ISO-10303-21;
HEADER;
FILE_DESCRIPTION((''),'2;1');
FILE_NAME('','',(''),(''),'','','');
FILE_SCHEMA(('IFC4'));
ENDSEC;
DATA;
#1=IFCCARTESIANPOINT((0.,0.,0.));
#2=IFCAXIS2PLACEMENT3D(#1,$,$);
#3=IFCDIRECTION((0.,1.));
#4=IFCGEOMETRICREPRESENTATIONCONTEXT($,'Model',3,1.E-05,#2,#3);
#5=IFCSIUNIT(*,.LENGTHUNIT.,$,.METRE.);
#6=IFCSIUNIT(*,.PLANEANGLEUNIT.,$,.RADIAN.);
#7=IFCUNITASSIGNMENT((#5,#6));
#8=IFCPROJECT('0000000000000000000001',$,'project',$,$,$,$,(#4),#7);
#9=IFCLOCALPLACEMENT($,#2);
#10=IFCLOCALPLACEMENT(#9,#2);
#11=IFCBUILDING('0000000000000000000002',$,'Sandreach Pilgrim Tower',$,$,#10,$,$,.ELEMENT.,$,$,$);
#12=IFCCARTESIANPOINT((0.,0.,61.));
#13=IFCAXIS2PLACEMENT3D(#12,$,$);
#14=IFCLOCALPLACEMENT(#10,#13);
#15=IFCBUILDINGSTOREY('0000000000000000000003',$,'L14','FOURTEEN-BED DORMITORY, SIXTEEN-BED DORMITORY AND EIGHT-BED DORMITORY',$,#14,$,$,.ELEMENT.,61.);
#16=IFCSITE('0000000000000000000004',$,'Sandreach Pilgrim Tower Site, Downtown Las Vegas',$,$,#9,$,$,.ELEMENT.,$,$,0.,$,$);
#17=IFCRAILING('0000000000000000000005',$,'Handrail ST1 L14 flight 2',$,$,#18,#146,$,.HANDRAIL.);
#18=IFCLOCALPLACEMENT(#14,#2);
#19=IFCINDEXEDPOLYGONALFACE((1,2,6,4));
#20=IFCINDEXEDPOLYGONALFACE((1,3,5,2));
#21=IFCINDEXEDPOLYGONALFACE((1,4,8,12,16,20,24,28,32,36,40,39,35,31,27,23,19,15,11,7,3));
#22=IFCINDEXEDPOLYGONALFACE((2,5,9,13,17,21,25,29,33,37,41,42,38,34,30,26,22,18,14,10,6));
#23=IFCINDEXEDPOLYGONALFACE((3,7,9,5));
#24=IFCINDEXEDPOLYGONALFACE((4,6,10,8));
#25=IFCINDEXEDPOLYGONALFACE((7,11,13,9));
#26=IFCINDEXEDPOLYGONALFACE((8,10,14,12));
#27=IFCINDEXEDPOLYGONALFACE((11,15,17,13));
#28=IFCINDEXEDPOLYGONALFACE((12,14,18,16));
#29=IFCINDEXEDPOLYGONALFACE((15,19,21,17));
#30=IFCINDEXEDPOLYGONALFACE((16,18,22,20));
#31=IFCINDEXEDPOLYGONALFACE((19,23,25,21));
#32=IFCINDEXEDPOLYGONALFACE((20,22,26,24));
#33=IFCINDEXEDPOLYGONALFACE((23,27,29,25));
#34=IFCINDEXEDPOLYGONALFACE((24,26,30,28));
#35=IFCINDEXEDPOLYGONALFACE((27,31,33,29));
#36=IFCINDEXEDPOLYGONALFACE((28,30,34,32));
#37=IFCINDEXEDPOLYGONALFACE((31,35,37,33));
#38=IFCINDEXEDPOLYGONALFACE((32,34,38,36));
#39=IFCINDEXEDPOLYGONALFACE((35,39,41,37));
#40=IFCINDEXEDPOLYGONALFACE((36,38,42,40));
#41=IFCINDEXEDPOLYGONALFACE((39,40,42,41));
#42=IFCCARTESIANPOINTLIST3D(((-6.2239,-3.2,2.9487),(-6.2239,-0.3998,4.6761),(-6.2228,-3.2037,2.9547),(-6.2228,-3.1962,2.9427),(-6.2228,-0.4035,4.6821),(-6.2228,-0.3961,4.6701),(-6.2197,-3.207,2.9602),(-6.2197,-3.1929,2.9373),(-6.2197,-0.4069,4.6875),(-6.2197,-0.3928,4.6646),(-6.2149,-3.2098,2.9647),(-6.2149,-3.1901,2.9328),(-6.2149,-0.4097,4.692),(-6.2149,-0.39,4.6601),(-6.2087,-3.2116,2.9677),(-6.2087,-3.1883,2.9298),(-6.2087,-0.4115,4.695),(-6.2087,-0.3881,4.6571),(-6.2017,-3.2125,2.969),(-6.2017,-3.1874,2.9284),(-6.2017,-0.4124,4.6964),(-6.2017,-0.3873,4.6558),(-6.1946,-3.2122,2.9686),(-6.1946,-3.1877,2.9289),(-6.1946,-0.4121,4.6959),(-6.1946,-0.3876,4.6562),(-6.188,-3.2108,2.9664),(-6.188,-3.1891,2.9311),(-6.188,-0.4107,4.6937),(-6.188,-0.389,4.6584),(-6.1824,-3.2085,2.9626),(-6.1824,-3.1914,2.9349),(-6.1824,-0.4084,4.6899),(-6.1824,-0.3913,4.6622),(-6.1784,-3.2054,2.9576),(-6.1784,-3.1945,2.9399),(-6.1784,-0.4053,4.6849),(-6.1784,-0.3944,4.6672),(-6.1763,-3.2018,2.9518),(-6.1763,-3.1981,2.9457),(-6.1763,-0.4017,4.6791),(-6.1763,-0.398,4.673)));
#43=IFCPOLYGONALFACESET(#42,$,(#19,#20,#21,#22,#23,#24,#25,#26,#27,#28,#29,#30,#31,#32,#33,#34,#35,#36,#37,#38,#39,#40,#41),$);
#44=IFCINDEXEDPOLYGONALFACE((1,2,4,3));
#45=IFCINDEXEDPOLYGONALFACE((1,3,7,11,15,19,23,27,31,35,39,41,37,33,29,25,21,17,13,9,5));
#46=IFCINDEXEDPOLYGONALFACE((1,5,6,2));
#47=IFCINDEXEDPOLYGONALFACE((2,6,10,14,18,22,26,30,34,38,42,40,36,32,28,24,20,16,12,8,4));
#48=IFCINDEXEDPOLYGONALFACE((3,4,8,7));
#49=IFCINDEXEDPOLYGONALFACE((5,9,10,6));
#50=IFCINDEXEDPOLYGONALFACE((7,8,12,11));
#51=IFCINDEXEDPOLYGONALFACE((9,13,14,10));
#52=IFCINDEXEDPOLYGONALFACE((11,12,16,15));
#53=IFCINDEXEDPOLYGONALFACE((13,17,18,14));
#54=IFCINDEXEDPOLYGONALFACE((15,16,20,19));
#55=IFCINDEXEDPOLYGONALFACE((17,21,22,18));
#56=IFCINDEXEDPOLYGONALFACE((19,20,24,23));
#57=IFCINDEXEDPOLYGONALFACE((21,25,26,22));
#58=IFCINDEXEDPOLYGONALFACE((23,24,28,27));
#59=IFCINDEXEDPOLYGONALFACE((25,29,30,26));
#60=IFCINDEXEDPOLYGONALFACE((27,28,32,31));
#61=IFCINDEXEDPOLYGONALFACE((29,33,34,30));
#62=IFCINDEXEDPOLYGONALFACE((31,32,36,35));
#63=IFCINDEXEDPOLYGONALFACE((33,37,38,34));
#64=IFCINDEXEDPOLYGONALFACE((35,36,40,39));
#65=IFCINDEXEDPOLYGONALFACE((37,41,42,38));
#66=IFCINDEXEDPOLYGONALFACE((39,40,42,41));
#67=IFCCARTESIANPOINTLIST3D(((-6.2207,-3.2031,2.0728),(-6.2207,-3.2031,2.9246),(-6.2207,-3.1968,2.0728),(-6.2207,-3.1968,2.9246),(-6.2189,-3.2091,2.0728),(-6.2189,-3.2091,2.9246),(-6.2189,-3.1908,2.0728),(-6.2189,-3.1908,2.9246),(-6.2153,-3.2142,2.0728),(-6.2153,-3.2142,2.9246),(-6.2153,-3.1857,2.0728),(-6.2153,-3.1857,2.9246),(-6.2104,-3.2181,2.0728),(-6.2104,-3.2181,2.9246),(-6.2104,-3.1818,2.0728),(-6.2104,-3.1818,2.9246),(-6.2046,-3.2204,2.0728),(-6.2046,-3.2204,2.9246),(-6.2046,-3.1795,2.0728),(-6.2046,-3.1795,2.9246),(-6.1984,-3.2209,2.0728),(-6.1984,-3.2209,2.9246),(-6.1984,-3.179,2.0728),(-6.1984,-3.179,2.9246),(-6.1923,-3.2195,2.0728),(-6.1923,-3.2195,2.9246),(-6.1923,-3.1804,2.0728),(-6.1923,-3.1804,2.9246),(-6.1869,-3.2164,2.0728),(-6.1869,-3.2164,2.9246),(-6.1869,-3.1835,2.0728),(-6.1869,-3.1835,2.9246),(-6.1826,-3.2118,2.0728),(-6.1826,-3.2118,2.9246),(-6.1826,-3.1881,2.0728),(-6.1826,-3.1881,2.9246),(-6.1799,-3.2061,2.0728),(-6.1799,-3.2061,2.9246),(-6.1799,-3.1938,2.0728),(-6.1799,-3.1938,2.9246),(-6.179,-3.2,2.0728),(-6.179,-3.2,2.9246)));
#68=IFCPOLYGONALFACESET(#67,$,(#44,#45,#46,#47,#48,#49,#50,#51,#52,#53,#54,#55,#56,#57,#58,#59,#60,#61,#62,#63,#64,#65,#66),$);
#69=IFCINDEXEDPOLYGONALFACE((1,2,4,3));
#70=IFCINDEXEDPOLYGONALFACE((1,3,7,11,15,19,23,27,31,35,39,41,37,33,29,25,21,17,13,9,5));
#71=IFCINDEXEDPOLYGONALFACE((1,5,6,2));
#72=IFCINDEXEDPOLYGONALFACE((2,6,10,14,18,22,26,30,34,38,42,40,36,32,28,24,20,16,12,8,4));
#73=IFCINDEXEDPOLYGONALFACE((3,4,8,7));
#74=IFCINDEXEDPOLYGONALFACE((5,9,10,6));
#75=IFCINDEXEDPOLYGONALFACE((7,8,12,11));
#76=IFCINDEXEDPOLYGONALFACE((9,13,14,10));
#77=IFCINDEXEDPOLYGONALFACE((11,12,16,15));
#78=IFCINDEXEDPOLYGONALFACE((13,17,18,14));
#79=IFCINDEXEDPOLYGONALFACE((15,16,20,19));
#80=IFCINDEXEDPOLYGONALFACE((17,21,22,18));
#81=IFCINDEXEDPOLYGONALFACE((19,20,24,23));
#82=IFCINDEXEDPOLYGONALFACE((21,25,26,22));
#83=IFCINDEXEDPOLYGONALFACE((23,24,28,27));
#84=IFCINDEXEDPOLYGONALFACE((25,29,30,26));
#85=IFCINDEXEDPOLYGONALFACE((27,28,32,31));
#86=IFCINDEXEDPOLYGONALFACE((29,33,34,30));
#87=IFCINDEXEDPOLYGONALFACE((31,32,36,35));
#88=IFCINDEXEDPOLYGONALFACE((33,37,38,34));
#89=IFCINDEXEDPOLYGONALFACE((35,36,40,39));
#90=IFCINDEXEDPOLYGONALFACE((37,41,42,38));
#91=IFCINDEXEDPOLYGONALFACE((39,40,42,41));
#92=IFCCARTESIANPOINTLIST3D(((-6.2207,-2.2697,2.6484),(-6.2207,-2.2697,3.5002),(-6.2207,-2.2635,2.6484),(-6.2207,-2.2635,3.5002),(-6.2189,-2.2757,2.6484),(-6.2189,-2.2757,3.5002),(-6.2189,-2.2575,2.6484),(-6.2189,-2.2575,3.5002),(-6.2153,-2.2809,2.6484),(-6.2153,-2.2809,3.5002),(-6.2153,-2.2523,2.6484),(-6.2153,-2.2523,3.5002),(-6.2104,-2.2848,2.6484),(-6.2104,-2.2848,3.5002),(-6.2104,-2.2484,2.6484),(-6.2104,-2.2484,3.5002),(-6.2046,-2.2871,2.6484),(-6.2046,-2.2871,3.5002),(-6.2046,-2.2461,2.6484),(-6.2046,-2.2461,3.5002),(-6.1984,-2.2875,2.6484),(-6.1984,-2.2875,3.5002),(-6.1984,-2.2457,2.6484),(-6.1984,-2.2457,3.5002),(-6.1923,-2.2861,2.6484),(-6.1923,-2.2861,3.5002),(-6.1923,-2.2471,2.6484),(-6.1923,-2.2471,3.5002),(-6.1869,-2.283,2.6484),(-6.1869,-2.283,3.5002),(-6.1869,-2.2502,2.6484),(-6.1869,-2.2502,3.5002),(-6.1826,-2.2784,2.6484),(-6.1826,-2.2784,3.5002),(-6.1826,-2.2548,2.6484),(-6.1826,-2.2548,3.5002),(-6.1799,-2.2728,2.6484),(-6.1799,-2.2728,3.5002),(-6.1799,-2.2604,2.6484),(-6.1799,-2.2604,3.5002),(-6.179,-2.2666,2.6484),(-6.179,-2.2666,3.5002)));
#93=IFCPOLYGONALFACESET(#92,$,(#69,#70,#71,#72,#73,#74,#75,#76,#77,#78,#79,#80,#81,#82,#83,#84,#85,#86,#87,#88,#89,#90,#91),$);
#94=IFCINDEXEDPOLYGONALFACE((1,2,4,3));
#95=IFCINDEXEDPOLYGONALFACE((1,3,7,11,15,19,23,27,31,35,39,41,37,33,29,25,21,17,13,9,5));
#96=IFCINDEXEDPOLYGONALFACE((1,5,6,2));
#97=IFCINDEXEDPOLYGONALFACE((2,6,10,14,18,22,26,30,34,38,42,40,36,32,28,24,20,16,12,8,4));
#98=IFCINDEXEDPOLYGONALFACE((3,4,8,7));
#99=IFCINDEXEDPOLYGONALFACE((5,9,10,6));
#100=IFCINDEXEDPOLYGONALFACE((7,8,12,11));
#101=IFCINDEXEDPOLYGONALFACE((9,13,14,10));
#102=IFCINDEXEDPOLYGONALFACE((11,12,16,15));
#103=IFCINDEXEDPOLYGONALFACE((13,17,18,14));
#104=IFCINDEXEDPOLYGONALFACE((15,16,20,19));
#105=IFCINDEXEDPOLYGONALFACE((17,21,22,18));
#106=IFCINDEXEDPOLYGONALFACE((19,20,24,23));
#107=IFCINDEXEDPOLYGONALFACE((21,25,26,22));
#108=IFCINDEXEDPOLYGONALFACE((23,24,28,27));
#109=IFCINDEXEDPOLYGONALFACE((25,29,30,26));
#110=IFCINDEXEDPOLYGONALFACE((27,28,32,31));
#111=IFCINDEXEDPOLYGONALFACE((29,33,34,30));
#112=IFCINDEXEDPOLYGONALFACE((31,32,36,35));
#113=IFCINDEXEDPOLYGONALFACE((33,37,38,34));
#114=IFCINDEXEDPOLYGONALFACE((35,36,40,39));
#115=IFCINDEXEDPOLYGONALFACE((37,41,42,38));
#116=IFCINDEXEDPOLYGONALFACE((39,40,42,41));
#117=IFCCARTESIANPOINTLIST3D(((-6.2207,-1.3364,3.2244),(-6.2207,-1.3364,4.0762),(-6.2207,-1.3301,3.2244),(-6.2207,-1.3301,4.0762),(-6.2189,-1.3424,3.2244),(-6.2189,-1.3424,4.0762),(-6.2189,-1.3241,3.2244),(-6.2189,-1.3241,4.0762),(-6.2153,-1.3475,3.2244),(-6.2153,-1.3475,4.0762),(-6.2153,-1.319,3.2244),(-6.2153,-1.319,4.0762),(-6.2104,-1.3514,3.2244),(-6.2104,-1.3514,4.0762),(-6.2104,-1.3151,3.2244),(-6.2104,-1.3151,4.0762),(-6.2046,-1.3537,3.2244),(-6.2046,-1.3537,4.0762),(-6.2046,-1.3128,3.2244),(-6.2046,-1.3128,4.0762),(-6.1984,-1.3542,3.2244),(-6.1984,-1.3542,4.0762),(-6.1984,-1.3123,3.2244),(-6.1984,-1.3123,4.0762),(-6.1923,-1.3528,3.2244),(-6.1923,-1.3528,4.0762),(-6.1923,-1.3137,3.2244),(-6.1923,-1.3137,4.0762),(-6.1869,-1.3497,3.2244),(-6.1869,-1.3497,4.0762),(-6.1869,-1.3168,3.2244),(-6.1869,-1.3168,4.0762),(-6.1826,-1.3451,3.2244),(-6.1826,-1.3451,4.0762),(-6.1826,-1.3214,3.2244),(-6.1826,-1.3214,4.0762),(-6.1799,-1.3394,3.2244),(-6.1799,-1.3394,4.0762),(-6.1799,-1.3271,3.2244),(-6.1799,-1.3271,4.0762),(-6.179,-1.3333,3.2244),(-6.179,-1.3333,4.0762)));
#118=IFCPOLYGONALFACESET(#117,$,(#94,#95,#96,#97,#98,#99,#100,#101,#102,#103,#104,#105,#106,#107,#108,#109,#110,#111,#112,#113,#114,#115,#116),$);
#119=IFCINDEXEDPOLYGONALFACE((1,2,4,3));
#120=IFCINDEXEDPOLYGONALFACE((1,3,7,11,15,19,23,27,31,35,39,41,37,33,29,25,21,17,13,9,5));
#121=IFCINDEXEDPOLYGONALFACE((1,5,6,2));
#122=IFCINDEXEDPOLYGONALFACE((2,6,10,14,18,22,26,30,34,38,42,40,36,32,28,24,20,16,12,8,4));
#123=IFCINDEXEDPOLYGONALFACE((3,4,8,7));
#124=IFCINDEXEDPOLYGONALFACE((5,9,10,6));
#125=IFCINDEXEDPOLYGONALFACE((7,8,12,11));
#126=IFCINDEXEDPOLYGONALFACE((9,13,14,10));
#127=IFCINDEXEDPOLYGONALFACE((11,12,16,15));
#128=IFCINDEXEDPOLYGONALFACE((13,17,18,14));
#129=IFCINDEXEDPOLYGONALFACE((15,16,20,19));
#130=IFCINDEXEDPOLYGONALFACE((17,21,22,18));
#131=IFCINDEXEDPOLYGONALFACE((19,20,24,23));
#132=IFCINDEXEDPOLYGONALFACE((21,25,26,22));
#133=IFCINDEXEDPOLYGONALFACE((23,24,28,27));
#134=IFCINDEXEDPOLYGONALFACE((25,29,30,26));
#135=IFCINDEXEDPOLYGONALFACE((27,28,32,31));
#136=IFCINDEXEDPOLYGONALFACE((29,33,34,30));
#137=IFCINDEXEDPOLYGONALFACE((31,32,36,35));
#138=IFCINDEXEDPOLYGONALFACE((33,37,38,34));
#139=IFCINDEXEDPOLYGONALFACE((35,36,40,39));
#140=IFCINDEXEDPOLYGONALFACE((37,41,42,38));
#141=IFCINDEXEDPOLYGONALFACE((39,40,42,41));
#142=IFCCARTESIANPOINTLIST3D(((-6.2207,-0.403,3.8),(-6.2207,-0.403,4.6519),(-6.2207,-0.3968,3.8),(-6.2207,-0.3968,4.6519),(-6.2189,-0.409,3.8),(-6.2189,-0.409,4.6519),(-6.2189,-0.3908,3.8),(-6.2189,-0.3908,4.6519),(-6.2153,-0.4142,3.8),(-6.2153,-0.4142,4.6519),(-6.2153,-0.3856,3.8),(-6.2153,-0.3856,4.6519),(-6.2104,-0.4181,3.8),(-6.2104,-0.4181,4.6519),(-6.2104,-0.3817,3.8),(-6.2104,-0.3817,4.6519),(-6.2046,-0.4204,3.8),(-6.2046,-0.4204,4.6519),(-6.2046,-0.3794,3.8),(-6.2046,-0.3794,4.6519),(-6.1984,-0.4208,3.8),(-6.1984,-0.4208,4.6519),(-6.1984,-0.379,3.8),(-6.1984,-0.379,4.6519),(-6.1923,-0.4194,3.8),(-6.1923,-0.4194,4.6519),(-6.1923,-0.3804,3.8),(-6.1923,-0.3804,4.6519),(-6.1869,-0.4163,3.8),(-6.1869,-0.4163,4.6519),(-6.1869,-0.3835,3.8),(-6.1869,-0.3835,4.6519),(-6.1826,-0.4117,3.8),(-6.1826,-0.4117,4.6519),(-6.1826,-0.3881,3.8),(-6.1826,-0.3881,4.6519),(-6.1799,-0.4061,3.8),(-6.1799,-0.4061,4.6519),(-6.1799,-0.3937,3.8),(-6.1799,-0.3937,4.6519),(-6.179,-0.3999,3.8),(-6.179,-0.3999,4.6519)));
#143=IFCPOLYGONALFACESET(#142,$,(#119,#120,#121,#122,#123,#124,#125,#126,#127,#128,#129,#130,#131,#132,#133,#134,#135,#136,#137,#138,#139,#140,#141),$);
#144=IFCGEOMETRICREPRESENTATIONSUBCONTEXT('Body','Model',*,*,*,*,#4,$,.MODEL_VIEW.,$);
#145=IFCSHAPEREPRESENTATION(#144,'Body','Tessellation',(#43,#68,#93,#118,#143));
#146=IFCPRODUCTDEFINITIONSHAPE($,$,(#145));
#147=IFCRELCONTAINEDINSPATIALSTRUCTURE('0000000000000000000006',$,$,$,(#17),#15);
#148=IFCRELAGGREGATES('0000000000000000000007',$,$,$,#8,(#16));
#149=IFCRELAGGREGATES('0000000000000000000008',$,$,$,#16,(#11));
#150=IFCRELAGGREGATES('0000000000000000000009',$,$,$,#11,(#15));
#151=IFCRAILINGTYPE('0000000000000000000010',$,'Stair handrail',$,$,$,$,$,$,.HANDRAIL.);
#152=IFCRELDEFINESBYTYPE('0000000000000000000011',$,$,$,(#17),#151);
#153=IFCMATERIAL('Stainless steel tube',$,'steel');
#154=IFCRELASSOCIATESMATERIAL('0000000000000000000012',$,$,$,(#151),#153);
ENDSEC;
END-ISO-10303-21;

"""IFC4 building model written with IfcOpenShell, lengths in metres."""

from ifc_helpers import new_model, si_unit, direction, frame, origin, origin_2d, place, context, subcontext, project, spatial, circle, extrude, material, type_object, element, save


model = new_model("IFC4")

# Units and contexts
model_context = context("Model", 3, precision=1e-05, world=origin(), true_north=direction((0.0, 1.0)))
body_context = subcontext(model_context, "Body", "Model", "MODEL_VIEW")
ifc_project = project(units=[si_unit("LENGTHUNIT", "METRE"), si_unit("PLANEANGLEUNIT", "RADIAN")], contexts=[model_context])

# Site, building, storey
site_placement = place(None, origin())
site = spatial("IfcSite", under=ifc_project, at=site_placement, Name="Sandreach Pilgrim Tower Site, Downtown Las Vegas", CompositionType="ELEMENT", RefElevation=0.0)
building_placement = place(site_placement, origin())
building = spatial("IfcBuilding", under=site, at=building_placement, Name="Sandreach Pilgrim Tower", CompositionType="ELEMENT")
storey_placement = place(building_placement, frame((0.0, 0.0, 61.0)))
storey = spatial("IfcBuildingStorey", under=building, at=storey_placement, Name="L14", Description="FOURTEEN-BED DORMITORY, SIXTEEN-BED DORMITORY AND EIGHT-BED DORMITORY", CompositionType="ELEMENT", Elevation=61.0)

# Railing
ifc_material_1 = material(Name="Stainless steel tube", Category="steel")
railing_type = type_object("IfcRailingType", Name="Stair handrail", PredefinedType="HANDRAIL", material=ifc_material_1)
for number, where, name in (
    (1, (-6.2, -3.2, 2.0728), "Handrail ST1 L14 flight 2"),
):
    element("IfcRailing", number, at=place(storey_placement, frame(where)), inside=storey, type_object=railing_type, Name=name, PredefinedType="HANDRAIL", context=body_context, shape_type="SweptSolid", body=[
        extrude(circle(Radius=0.0239, at=origin_2d()), frame((0.0, 0.0, 0.876), z_axis=(0.0, 0.85109, 0.52502), x_axis=(-1.0, 0.0, 0.0)), (0.0, 0.0, 1.0), 3.29),
        extrude(circle(Radius=0.021, at=origin_2d()), origin(), (0.0, 0.0, 1.0), 0.8518),
        extrude(circle(Radius=0.021, at=origin_2d()), frame((0.0, 0.9333, 0.5757)), (0.0, 0.0, 1.0), 0.8518),
        extrude(circle(Radius=0.021, at=origin_2d()), frame((0.0, 1.8667, 1.1516)), (0.0, 0.0, 1.0), 0.8518),
        extrude(circle(Radius=0.021, at=origin_2d()), frame((0.0, 2.8, 1.7273)), (0.0, 0.0, 1.0), 0.8518),
    ])

save(model, "model.ifc")
